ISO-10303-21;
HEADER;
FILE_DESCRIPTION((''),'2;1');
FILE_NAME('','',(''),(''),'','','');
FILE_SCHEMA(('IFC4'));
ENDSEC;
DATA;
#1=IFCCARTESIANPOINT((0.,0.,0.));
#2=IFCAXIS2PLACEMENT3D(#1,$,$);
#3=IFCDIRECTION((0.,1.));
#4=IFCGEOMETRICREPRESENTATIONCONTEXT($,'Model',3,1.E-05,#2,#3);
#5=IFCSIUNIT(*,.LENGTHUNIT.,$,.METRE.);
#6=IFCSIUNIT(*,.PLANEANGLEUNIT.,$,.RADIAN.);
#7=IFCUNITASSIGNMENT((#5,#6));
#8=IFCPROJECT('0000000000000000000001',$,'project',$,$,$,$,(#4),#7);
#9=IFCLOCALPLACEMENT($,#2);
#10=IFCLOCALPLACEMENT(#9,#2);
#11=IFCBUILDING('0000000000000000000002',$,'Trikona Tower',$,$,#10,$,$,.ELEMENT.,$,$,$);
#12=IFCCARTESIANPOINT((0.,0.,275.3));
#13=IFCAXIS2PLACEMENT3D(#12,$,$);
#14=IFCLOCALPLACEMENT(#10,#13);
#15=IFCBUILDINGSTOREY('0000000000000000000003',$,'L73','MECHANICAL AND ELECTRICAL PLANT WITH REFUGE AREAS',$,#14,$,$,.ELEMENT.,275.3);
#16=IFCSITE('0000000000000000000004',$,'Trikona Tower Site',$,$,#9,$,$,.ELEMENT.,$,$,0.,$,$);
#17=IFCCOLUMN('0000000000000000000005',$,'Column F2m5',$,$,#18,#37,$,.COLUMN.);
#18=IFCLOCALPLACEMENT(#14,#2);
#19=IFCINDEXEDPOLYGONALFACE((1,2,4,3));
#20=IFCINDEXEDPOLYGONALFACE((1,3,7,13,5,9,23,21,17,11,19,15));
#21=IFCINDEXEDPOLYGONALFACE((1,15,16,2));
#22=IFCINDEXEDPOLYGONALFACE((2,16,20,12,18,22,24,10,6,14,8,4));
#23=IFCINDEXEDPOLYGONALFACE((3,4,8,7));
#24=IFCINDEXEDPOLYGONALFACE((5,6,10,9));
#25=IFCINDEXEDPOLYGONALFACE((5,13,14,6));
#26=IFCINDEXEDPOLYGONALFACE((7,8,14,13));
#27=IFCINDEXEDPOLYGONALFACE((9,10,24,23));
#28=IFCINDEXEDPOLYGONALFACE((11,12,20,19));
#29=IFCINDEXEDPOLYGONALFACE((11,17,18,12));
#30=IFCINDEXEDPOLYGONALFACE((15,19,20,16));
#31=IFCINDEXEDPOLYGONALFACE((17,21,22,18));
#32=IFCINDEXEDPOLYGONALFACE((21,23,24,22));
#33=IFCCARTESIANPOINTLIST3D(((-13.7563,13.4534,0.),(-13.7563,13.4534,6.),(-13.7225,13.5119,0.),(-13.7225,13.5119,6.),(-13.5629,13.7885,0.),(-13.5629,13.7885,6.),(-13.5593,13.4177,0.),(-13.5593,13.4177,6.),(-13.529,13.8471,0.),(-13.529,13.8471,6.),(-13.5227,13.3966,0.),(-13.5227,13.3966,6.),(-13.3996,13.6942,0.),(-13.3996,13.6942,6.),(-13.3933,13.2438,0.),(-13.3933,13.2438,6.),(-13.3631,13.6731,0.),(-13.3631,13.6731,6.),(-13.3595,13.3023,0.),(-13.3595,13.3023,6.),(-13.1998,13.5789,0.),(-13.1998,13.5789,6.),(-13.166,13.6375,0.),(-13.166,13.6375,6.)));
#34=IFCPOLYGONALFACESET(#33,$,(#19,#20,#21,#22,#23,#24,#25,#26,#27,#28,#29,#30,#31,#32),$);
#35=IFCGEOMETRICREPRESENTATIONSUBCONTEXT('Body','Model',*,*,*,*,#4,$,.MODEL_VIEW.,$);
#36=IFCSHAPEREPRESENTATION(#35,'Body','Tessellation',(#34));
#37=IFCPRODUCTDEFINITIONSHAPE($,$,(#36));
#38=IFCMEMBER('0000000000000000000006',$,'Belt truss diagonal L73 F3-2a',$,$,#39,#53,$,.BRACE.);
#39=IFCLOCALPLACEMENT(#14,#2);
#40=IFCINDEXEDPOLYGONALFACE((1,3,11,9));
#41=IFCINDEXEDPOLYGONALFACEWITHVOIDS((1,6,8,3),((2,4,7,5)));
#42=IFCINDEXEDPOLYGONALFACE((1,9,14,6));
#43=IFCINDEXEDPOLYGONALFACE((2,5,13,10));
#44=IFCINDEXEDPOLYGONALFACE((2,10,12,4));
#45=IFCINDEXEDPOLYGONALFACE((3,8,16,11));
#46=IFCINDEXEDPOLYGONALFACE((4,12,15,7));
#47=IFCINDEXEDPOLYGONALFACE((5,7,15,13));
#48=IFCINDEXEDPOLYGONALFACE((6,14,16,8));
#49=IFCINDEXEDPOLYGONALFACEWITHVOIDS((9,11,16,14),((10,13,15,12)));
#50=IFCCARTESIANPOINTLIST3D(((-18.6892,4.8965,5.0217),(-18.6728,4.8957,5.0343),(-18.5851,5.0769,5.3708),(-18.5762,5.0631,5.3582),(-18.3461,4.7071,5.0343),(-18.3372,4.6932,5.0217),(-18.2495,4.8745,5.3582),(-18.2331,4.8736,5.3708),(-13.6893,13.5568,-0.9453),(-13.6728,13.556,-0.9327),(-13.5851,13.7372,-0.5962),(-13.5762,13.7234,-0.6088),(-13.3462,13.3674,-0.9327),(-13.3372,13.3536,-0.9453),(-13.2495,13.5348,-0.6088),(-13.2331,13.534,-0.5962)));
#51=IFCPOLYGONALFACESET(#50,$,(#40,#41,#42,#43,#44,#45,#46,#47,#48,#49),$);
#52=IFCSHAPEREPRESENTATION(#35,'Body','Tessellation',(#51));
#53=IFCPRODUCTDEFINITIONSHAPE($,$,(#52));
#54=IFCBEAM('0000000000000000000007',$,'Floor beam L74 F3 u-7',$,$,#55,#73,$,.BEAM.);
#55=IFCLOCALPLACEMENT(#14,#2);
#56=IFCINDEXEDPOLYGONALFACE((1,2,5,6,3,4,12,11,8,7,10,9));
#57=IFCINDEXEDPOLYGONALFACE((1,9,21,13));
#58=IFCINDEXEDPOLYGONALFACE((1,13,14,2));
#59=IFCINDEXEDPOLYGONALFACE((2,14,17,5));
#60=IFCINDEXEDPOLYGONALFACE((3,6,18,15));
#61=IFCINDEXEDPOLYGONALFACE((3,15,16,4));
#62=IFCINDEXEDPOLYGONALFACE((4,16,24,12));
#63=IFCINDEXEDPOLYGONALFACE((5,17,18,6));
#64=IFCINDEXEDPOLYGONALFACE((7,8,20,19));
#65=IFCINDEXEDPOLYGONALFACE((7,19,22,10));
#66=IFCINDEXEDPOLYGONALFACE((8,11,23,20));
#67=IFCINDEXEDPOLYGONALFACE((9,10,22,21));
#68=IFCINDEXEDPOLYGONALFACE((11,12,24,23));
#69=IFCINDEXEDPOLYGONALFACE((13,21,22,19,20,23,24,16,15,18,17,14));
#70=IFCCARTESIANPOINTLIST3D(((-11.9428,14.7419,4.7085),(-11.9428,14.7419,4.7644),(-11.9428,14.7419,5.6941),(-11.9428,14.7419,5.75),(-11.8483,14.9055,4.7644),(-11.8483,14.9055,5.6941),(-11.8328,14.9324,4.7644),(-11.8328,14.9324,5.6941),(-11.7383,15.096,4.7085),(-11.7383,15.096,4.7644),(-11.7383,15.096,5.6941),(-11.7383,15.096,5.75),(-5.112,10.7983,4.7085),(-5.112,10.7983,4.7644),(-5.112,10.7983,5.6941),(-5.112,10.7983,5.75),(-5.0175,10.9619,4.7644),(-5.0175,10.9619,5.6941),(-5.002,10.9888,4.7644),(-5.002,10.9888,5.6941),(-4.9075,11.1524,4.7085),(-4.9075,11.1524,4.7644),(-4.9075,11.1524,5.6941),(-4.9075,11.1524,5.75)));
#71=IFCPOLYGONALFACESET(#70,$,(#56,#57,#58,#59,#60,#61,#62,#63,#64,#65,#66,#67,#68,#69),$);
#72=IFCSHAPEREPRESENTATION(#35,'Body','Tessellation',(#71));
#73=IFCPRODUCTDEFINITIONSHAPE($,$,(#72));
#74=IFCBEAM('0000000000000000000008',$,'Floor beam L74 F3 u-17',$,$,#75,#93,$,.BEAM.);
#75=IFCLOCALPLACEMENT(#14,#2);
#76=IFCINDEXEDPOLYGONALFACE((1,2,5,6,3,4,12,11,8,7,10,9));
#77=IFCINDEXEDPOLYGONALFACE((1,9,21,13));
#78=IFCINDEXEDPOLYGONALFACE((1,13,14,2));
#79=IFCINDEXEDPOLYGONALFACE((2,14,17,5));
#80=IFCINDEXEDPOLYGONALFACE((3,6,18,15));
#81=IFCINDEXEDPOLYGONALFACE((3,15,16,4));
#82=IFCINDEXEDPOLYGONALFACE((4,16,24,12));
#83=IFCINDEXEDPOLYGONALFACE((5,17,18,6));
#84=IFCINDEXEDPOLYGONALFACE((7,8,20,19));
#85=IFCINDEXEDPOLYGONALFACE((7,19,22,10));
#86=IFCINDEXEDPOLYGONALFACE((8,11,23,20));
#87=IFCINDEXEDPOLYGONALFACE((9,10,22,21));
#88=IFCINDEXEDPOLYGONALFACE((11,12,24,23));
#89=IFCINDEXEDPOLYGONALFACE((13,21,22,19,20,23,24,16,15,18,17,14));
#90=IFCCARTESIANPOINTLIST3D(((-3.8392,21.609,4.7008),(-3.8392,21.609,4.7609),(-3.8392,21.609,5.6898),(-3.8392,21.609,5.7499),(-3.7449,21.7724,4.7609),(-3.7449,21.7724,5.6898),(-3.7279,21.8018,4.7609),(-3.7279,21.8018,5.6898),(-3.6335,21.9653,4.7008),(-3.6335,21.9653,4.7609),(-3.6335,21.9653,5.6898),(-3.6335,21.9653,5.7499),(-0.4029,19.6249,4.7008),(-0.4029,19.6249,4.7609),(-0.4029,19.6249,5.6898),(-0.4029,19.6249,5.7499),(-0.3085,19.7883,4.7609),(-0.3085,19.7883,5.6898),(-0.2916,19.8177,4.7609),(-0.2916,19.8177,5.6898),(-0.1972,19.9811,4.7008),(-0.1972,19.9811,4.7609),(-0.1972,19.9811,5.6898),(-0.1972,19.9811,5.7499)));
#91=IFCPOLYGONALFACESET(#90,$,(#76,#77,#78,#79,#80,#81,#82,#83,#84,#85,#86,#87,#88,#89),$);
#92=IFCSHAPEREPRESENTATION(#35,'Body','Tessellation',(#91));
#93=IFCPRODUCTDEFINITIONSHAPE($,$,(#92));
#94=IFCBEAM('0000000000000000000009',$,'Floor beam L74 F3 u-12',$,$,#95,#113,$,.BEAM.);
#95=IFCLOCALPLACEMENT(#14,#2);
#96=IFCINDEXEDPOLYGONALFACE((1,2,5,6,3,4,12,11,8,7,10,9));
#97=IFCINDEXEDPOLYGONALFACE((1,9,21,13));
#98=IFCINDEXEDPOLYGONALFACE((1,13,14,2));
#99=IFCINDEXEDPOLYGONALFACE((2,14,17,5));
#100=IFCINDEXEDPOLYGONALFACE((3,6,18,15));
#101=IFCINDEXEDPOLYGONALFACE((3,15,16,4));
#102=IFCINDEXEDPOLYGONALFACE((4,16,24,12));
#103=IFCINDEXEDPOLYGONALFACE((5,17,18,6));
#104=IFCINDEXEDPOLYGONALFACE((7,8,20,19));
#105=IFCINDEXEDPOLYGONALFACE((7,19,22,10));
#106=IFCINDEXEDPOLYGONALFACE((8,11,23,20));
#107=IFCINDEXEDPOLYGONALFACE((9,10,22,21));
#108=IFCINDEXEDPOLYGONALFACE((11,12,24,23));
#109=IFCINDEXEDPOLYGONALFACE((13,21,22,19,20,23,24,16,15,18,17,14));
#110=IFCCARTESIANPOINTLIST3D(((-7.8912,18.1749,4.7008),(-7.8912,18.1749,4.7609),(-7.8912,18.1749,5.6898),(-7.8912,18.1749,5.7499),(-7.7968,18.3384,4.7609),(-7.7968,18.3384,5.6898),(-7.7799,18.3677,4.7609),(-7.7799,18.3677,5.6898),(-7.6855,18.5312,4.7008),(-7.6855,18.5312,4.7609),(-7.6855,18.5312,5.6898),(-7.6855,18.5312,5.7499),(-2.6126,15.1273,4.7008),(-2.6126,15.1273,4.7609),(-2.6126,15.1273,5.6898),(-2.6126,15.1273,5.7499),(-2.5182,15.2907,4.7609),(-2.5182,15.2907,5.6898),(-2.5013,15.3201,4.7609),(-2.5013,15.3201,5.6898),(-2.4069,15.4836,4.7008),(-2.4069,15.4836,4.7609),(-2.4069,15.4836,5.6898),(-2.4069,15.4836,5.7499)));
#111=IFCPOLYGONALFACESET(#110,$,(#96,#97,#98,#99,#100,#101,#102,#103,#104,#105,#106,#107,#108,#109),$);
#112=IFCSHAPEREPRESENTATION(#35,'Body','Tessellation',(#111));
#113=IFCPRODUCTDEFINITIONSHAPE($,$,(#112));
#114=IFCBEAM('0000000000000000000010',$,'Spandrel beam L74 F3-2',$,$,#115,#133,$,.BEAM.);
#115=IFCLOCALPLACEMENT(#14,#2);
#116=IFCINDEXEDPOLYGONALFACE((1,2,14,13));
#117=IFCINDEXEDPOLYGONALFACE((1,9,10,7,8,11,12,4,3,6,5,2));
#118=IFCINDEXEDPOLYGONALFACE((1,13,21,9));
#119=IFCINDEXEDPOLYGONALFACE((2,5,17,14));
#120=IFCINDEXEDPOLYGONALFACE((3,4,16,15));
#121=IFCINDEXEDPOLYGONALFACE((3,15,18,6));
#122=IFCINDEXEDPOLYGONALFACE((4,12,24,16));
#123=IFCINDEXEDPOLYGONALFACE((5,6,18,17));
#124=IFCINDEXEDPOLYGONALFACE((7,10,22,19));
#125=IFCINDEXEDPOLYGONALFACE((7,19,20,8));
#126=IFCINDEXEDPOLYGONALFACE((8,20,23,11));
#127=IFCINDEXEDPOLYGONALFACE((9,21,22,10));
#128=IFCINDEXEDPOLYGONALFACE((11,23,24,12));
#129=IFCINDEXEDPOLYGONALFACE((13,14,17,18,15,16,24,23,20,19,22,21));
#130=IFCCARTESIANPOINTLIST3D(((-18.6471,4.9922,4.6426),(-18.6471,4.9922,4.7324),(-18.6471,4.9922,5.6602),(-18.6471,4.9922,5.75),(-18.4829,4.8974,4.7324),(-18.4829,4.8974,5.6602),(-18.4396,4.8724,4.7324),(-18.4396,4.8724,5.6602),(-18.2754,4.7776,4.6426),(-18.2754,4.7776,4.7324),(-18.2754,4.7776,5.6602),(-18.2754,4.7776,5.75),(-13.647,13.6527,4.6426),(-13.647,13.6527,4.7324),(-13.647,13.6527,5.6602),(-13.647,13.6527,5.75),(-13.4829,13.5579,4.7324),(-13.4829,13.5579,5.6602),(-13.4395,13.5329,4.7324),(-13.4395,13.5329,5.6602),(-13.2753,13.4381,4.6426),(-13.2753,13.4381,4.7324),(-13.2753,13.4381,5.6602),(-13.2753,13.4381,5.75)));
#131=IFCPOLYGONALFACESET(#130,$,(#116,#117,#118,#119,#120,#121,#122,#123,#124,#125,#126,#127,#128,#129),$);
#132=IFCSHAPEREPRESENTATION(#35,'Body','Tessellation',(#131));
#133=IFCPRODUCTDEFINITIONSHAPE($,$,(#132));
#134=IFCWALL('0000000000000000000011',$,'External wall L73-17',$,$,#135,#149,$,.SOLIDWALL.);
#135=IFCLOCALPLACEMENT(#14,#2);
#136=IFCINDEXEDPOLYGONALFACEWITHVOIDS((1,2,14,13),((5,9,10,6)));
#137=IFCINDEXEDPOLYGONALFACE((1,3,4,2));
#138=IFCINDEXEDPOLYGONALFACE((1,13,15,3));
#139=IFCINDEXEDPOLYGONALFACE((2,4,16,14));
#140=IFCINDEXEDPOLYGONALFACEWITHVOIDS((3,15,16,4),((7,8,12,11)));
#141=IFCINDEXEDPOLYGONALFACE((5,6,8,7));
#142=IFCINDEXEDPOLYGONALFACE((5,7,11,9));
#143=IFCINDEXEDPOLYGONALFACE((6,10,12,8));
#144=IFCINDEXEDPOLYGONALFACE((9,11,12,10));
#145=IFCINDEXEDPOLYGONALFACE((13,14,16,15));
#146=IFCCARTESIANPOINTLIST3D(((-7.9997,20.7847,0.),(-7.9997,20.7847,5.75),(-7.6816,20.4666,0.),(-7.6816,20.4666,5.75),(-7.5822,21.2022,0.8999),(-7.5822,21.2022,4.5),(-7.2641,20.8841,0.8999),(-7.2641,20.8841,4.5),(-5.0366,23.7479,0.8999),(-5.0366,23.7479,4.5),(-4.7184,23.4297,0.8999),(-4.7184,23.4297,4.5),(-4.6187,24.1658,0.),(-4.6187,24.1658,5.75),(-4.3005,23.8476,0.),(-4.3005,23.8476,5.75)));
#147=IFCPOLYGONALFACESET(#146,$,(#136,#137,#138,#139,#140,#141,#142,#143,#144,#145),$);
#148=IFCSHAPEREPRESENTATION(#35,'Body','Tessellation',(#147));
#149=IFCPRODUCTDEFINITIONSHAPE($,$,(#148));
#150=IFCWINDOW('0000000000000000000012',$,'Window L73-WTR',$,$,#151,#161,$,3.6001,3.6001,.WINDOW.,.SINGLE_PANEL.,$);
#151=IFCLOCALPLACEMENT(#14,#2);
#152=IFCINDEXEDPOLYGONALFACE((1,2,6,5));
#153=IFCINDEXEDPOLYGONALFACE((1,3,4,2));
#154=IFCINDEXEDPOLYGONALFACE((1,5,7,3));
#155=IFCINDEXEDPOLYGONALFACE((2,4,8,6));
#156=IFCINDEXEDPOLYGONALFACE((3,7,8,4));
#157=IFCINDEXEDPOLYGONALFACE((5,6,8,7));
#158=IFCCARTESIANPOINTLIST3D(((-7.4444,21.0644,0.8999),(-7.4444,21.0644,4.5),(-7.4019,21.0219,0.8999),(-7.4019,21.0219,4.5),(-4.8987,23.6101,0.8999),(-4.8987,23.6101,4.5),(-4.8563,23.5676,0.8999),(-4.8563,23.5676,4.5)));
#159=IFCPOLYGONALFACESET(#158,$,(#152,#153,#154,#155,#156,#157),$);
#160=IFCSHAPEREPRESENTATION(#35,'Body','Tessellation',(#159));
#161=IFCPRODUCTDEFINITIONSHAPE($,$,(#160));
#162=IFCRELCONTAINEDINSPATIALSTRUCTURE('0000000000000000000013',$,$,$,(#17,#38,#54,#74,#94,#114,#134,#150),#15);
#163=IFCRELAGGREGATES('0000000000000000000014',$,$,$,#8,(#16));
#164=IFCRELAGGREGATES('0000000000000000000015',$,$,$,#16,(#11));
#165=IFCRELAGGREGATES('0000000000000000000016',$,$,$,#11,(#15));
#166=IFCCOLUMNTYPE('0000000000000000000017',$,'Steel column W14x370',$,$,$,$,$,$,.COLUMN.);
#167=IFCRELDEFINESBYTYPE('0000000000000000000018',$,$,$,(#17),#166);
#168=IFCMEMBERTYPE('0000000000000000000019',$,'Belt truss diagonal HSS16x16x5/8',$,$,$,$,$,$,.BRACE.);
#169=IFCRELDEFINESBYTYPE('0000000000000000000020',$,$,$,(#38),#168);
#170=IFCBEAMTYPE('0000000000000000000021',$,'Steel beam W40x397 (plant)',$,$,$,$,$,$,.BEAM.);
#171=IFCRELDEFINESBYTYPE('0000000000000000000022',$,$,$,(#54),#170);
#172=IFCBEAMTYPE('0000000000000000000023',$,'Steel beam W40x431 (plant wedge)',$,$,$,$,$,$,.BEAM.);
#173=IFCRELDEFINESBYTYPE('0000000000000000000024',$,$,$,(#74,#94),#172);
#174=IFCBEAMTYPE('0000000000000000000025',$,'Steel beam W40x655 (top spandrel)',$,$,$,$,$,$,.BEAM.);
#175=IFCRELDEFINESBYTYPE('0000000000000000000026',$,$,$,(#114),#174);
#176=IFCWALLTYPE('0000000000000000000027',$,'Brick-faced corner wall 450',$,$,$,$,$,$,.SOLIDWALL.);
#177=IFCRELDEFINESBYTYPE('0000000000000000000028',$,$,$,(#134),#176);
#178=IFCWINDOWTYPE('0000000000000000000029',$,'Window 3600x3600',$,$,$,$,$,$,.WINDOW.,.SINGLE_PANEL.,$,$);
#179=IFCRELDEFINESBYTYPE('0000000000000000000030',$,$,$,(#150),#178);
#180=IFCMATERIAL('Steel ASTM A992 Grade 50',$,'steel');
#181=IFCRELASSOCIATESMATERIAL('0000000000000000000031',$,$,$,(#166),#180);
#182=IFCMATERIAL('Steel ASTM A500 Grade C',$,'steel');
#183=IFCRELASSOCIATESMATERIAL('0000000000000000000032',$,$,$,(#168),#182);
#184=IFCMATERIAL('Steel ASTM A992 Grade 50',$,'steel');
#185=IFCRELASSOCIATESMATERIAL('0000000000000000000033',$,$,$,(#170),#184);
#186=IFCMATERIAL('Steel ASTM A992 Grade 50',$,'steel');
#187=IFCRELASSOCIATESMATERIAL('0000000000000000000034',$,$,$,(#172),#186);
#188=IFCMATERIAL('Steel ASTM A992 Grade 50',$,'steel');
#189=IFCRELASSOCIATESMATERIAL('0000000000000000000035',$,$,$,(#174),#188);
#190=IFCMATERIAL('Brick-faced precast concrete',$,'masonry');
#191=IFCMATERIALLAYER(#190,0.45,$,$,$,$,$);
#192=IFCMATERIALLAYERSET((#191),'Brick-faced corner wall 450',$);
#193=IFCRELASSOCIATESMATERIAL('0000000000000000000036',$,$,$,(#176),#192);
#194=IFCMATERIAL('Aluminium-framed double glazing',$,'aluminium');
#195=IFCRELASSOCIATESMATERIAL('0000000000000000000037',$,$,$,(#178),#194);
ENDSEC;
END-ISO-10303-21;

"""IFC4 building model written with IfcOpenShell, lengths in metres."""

from ifc_helpers import new_model, si_unit, direction, frame, frame_2d, origin, origin_2d, place, context, subcontext, project, spatial, rectangle, hollow_rectangle, i_section, extrude, material, layer, layer_set, material_profile, profile_set, type_object, element, fill, save


model = new_model("IFC4")

# Units and contexts
model_context = context("Model", 3, precision=1e-05, world=origin(), true_north=direction((0.0, 1.0)))
body_context = subcontext(model_context, "Body", "Model", "MODEL_VIEW")
ifc_project = project(units=[si_unit("LENGTHUNIT", "METRE"), si_unit("PLANEANGLEUNIT", "RADIAN")], contexts=[model_context])

# Site, building, storey
site_placement = place(None, origin())
site = spatial("IfcSite", under=ifc_project, at=site_placement, Name="Trikona Tower Site", CompositionType="ELEMENT", RefElevation=0.0)
building_placement = place(site_placement, origin())
building = spatial("IfcBuilding", under=site, at=building_placement, Name="Trikona Tower", CompositionType="ELEMENT")
storey_placement = place(building_placement, frame((0.0, 0.0, 275.3)))
storey = spatial("IfcBuildingStorey", under=building, at=storey_placement, Name="L73", Description="MECHANICAL AND ELECTRICAL PLANT WITH REFUGE AREAS", CompositionType="ELEMENT", Elevation=275.3)

# Column
ifc_material_1 = material(Name="Steel ASTM A992 Grade 50", Category="steel")
ifc_material_profile_1 = material_profile(ifc_material_1, i_section(OverallWidth=0.4192, OverallDepth=0.4546, WebThickness=0.0422, FlangeThickness=0.0676, at=origin_2d()), Name="W14X370")
ifc_profile_set_1 = profile_set([ifc_material_profile_1], Name="Steel ASTM A992 Grade 50")
column_type = type_object("IfcColumnType", Name="Steel column W14x370", PredefinedType="COLUMN", material=ifc_profile_set_1)
column_placement = place(storey_placement, frame((-13.4612, 13.5454, 0.0), z_axis=(0.0, 0.0, 1.0), x_axis=(-0.866025, 0.5, 0.0)))
element("IfcColumn", 1, at=column_placement, inside=storey, type_object=column_type, Name="Column F2m5", PredefinedType="COLUMN", context=body_context, shape_type="SweptSolid", body=[
    extrude(i_section(OverallWidth=0.4192, OverallDepth=0.4546, WebThickness=0.0422, FlangeThickness=0.0676, at=origin_2d()), origin(), (0.0, 0.0, 1.0), 6.0),
])

# Member
ifc_material_2 = material(Name="Steel ASTM A500 Grade C", Category="steel")
ifc_material_profile_2 = material_profile(ifc_material_2, hollow_rectangle(XDim=0.4065, YDim=0.4065, WallThickness=0.0146, at=origin_2d()), Name="HSS16X16X5/8")
ifc_profile_set_2 = profile_set([ifc_material_profile_2], Name="Steel ASTM A500 Grade C")
member_type = type_object("IfcMemberType", Name="Belt truss diagonal HSS16x16x5/8", PredefinedType="BRACE", material=ifc_profile_set_2)
member_placement = place(storey_placement, frame((-13.4612, 13.5454, -0.7708), z_axis=(-0.429366, -0.743695, 0.512408), x_axis=(0.866029, -0.499994, 0.0)))
element("IfcMember", 2, at=member_placement, inside=storey, type_object=member_type, Name="Belt truss diagonal L73 F3-2a", PredefinedType="BRACE", context=body_context, shape_type="SweptSolid", body=[
    extrude(hollow_rectangle(XDim=0.4065, YDim=0.4065, WallThickness=0.0146, at=origin_2d()), origin(), (0.0, 0.0, 1.0), 11.645),
])

# Beams
ifc_material_3 = material(Name="Steel ASTM A992 Grade 50", Category="steel")
ifc_material_profile_3 = material_profile(ifc_material_3, i_section(OverallWidth=0.4089, OverallDepth=1.0415, WebThickness=0.031, FlangeThickness=0.0559, at=origin_2d()), Name="W40X397")
ifc_profile_set_3 = profile_set([ifc_material_profile_3], Name="Steel ASTM A992 Grade 50")
beam_type_1 = type_object("IfcBeamType", Name="Steel beam W40x397 (plant)", PredefinedType="BEAM", material=ifc_profile_set_3)
beam_1_placement = place(storey_placement, frame((-5.0098, 10.9753, 5.2292), z_axis=(-0.866035, 0.499984, 0.0), x_axis=(-0.499984, -0.866035, 0.0)))
element("IfcBeam", 3, at=beam_1_placement, inside=storey, type_object=beam_type_1, Name="Floor beam L74 F3 u-7", PredefinedType="BEAM", context=body_context, shape_type="SweptSolid", body=[
    extrude(i_section(OverallWidth=0.4089, OverallDepth=1.0415, WebThickness=0.031, FlangeThickness=0.0559, at=origin_2d()), origin(), (0.0, 0.0, 1.0), 7.8875),
])
ifc_material_4 = material(Name="Steel ASTM A992 Grade 50", Category="steel")
ifc_material_profile_4 = material_profile(ifc_material_4, i_section(OverallWidth=0.4114, OverallDepth=1.0491, WebThickness=0.0339, FlangeThickness=0.0601, at=origin_2d()), Name="W40X431")
ifc_profile_set_4 = profile_set([ifc_material_profile_4], Name="Steel ASTM A992 Grade 50")
beam_type_2 = type_object("IfcBeamType", Name="Steel beam W40x431 (plant wedge)", PredefinedType="BEAM", material=ifc_profile_set_4)
beam_2_placement = place(storey_placement, frame((-0.3, 19.803, 5.2253), z_axis=(-0.866004, 0.500037, 0.0), x_axis=(-0.500037, -0.866004, 0.0)))
element("IfcBeam", 4, at=beam_2_placement, inside=storey, type_object=beam_type_2, Name="Floor beam L74 F3 u-17", PredefinedType="BEAM", context=body_context, shape_type="SweptSolid", body=[
    extrude(i_section(OverallWidth=0.4114, OverallDepth=1.0491, WebThickness=0.0339, FlangeThickness=0.0601, at=origin_2d()), origin(), (0.0, 0.0, 1.0), 3.968),
])
beam_3_placement = place(storey_placement, frame((-2.5098, 15.3054, 5.2253), z_axis=(-0.866023, 0.500003, 0.0), x_axis=(-0.500003, -0.866023, 0.0)))
element("IfcBeam", 5, at=beam_3_placement, inside=storey, type_object=beam_type_2, Name="Floor beam L74 F3 u-12", PredefinedType="BEAM", context=body_context, shape_type="SweptSolid", body=[
    extrude(i_section(OverallWidth=0.4114, OverallDepth=1.0491, WebThickness=0.0339, FlangeThickness=0.0601, at=origin_2d()), origin(), (0.0, 0.0, 1.0), 6.0952),
])
ifc_material_5 = material(Name="Steel ASTM A992 Grade 50", Category="steel")
ifc_material_profile_5 = material_profile(ifc_material_5, i_section(OverallWidth=0.4292, OverallDepth=1.1074, WebThickness=0.05, FlangeThickness=0.0898, at=origin_2d()), Name="W40X655")
ifc_profile_set_5 = profile_set([ifc_material_profile_5], Name="Steel ASTM A992 Grade 50")
beam_type_3 = type_object("IfcBeamType", Name="Steel beam W40x655 (top spandrel)", PredefinedType="BEAM", material=ifc_profile_set_5)
beam_4_placement = place(storey_placement, frame((-13.4612, 13.5454, 5.1963), z_axis=(-0.499994, -0.866029, 0.0), x_axis=(0.866029, -0.499994, 0.0)))
element("IfcBeam", 6, at=beam_4_placement, inside=storey, type_object=beam_type_3, Name="Spandrel beam L74 F3-2", PredefinedType="BEAM", context=body_context, shape_type="SweptSolid", body=[
    extrude(i_section(OverallWidth=0.4292, OverallDepth=1.1074, WebThickness=0.05, FlangeThickness=0.0898, at=origin_2d()), origin(), (0.0, 0.0, 1.0), 10.0002),
])

# Wall, opening, window
ifc_material_6 = material(Name="Brick-faced precast concrete", Category="masonry")
ifc_layer_1 = layer(ifc_material_6, 0.45)
ifc_layer_set_1 = layer_set([ifc_layer_1], Name="Brick-faced corner wall 450")
wall_type_1 = type_object("IfcWallType", Name="Brick-faced corner wall 450", PredefinedType="SOLIDWALL", material=ifc_layer_set_1)
wall_1_placement = place(storey_placement, frame((-4.4597, 24.0066, 0.0), z_axis=(0.0, 0.0, 1.0), x_axis=(-0.707107, -0.707107, 0.0)))
wall_1 = element("IfcWall", 7, at=wall_1_placement, inside=storey, type_object=wall_type_1, Name="External wall L73-17", PredefinedType="SOLIDWALL", context=body_context, shape_type="SweptSolid", body=[
    extrude(rectangle(XDim=4.7815, YDim=0.45, at=frame_2d((2.3906, 0.0))), origin(), (0.0, 0.0, 1.0), 5.75),
])
opening_1_placement = place(wall_1_placement, frame((0.5908, 0.0, 0.8999)))
opening_1 = element("IfcOpeningElement", 8, at=opening_1_placement, cuts=wall_1, PredefinedType="OPENING", context=body_context, shape_type="SweptSolid", body=[
    extrude(rectangle(XDim=3.6001, YDim=3.6001, at=frame_2d((1.8, 1.8))), frame((0.0, 0.2349, 0.0), z_axis=(0.0, -1.0, 0.0), x_axis=(1.0, 0.0, 0.0)), (0.0, 0.0, 1.0), 0.47),
])
ifc_material_7 = material(Name="Aluminium-framed double glazing", Category="aluminium")
window_type = type_object("IfcWindowType", Name="Window 3600x3600", PartitioningType="SINGLE_PANEL", PredefinedType="WINDOW", material=ifc_material_7)
window_placement = place(opening_1_placement, origin())
window = element("IfcWindow", 9, at=window_placement, inside=storey, type_object=window_type, Name="Window L73-WTR", OverallHeight=3.6001, OverallWidth=3.6001, PartitioningType="SINGLE_PANEL", PredefinedType="WINDOW", context=body_context, shape_type="SweptSolid", body=[
    extrude(rectangle(XDim=3.6001, YDim=3.6001, at=frame_2d((1.8, 1.8))), frame((0.0, 0.03, 0.0), z_axis=(0.0, -1.0, 0.0), x_axis=(1.0, 0.0, 0.0)), (0.0, 0.0, 1.0), 0.0601),
])
fill(opening_1, window)

save(model, "model.ifc")
